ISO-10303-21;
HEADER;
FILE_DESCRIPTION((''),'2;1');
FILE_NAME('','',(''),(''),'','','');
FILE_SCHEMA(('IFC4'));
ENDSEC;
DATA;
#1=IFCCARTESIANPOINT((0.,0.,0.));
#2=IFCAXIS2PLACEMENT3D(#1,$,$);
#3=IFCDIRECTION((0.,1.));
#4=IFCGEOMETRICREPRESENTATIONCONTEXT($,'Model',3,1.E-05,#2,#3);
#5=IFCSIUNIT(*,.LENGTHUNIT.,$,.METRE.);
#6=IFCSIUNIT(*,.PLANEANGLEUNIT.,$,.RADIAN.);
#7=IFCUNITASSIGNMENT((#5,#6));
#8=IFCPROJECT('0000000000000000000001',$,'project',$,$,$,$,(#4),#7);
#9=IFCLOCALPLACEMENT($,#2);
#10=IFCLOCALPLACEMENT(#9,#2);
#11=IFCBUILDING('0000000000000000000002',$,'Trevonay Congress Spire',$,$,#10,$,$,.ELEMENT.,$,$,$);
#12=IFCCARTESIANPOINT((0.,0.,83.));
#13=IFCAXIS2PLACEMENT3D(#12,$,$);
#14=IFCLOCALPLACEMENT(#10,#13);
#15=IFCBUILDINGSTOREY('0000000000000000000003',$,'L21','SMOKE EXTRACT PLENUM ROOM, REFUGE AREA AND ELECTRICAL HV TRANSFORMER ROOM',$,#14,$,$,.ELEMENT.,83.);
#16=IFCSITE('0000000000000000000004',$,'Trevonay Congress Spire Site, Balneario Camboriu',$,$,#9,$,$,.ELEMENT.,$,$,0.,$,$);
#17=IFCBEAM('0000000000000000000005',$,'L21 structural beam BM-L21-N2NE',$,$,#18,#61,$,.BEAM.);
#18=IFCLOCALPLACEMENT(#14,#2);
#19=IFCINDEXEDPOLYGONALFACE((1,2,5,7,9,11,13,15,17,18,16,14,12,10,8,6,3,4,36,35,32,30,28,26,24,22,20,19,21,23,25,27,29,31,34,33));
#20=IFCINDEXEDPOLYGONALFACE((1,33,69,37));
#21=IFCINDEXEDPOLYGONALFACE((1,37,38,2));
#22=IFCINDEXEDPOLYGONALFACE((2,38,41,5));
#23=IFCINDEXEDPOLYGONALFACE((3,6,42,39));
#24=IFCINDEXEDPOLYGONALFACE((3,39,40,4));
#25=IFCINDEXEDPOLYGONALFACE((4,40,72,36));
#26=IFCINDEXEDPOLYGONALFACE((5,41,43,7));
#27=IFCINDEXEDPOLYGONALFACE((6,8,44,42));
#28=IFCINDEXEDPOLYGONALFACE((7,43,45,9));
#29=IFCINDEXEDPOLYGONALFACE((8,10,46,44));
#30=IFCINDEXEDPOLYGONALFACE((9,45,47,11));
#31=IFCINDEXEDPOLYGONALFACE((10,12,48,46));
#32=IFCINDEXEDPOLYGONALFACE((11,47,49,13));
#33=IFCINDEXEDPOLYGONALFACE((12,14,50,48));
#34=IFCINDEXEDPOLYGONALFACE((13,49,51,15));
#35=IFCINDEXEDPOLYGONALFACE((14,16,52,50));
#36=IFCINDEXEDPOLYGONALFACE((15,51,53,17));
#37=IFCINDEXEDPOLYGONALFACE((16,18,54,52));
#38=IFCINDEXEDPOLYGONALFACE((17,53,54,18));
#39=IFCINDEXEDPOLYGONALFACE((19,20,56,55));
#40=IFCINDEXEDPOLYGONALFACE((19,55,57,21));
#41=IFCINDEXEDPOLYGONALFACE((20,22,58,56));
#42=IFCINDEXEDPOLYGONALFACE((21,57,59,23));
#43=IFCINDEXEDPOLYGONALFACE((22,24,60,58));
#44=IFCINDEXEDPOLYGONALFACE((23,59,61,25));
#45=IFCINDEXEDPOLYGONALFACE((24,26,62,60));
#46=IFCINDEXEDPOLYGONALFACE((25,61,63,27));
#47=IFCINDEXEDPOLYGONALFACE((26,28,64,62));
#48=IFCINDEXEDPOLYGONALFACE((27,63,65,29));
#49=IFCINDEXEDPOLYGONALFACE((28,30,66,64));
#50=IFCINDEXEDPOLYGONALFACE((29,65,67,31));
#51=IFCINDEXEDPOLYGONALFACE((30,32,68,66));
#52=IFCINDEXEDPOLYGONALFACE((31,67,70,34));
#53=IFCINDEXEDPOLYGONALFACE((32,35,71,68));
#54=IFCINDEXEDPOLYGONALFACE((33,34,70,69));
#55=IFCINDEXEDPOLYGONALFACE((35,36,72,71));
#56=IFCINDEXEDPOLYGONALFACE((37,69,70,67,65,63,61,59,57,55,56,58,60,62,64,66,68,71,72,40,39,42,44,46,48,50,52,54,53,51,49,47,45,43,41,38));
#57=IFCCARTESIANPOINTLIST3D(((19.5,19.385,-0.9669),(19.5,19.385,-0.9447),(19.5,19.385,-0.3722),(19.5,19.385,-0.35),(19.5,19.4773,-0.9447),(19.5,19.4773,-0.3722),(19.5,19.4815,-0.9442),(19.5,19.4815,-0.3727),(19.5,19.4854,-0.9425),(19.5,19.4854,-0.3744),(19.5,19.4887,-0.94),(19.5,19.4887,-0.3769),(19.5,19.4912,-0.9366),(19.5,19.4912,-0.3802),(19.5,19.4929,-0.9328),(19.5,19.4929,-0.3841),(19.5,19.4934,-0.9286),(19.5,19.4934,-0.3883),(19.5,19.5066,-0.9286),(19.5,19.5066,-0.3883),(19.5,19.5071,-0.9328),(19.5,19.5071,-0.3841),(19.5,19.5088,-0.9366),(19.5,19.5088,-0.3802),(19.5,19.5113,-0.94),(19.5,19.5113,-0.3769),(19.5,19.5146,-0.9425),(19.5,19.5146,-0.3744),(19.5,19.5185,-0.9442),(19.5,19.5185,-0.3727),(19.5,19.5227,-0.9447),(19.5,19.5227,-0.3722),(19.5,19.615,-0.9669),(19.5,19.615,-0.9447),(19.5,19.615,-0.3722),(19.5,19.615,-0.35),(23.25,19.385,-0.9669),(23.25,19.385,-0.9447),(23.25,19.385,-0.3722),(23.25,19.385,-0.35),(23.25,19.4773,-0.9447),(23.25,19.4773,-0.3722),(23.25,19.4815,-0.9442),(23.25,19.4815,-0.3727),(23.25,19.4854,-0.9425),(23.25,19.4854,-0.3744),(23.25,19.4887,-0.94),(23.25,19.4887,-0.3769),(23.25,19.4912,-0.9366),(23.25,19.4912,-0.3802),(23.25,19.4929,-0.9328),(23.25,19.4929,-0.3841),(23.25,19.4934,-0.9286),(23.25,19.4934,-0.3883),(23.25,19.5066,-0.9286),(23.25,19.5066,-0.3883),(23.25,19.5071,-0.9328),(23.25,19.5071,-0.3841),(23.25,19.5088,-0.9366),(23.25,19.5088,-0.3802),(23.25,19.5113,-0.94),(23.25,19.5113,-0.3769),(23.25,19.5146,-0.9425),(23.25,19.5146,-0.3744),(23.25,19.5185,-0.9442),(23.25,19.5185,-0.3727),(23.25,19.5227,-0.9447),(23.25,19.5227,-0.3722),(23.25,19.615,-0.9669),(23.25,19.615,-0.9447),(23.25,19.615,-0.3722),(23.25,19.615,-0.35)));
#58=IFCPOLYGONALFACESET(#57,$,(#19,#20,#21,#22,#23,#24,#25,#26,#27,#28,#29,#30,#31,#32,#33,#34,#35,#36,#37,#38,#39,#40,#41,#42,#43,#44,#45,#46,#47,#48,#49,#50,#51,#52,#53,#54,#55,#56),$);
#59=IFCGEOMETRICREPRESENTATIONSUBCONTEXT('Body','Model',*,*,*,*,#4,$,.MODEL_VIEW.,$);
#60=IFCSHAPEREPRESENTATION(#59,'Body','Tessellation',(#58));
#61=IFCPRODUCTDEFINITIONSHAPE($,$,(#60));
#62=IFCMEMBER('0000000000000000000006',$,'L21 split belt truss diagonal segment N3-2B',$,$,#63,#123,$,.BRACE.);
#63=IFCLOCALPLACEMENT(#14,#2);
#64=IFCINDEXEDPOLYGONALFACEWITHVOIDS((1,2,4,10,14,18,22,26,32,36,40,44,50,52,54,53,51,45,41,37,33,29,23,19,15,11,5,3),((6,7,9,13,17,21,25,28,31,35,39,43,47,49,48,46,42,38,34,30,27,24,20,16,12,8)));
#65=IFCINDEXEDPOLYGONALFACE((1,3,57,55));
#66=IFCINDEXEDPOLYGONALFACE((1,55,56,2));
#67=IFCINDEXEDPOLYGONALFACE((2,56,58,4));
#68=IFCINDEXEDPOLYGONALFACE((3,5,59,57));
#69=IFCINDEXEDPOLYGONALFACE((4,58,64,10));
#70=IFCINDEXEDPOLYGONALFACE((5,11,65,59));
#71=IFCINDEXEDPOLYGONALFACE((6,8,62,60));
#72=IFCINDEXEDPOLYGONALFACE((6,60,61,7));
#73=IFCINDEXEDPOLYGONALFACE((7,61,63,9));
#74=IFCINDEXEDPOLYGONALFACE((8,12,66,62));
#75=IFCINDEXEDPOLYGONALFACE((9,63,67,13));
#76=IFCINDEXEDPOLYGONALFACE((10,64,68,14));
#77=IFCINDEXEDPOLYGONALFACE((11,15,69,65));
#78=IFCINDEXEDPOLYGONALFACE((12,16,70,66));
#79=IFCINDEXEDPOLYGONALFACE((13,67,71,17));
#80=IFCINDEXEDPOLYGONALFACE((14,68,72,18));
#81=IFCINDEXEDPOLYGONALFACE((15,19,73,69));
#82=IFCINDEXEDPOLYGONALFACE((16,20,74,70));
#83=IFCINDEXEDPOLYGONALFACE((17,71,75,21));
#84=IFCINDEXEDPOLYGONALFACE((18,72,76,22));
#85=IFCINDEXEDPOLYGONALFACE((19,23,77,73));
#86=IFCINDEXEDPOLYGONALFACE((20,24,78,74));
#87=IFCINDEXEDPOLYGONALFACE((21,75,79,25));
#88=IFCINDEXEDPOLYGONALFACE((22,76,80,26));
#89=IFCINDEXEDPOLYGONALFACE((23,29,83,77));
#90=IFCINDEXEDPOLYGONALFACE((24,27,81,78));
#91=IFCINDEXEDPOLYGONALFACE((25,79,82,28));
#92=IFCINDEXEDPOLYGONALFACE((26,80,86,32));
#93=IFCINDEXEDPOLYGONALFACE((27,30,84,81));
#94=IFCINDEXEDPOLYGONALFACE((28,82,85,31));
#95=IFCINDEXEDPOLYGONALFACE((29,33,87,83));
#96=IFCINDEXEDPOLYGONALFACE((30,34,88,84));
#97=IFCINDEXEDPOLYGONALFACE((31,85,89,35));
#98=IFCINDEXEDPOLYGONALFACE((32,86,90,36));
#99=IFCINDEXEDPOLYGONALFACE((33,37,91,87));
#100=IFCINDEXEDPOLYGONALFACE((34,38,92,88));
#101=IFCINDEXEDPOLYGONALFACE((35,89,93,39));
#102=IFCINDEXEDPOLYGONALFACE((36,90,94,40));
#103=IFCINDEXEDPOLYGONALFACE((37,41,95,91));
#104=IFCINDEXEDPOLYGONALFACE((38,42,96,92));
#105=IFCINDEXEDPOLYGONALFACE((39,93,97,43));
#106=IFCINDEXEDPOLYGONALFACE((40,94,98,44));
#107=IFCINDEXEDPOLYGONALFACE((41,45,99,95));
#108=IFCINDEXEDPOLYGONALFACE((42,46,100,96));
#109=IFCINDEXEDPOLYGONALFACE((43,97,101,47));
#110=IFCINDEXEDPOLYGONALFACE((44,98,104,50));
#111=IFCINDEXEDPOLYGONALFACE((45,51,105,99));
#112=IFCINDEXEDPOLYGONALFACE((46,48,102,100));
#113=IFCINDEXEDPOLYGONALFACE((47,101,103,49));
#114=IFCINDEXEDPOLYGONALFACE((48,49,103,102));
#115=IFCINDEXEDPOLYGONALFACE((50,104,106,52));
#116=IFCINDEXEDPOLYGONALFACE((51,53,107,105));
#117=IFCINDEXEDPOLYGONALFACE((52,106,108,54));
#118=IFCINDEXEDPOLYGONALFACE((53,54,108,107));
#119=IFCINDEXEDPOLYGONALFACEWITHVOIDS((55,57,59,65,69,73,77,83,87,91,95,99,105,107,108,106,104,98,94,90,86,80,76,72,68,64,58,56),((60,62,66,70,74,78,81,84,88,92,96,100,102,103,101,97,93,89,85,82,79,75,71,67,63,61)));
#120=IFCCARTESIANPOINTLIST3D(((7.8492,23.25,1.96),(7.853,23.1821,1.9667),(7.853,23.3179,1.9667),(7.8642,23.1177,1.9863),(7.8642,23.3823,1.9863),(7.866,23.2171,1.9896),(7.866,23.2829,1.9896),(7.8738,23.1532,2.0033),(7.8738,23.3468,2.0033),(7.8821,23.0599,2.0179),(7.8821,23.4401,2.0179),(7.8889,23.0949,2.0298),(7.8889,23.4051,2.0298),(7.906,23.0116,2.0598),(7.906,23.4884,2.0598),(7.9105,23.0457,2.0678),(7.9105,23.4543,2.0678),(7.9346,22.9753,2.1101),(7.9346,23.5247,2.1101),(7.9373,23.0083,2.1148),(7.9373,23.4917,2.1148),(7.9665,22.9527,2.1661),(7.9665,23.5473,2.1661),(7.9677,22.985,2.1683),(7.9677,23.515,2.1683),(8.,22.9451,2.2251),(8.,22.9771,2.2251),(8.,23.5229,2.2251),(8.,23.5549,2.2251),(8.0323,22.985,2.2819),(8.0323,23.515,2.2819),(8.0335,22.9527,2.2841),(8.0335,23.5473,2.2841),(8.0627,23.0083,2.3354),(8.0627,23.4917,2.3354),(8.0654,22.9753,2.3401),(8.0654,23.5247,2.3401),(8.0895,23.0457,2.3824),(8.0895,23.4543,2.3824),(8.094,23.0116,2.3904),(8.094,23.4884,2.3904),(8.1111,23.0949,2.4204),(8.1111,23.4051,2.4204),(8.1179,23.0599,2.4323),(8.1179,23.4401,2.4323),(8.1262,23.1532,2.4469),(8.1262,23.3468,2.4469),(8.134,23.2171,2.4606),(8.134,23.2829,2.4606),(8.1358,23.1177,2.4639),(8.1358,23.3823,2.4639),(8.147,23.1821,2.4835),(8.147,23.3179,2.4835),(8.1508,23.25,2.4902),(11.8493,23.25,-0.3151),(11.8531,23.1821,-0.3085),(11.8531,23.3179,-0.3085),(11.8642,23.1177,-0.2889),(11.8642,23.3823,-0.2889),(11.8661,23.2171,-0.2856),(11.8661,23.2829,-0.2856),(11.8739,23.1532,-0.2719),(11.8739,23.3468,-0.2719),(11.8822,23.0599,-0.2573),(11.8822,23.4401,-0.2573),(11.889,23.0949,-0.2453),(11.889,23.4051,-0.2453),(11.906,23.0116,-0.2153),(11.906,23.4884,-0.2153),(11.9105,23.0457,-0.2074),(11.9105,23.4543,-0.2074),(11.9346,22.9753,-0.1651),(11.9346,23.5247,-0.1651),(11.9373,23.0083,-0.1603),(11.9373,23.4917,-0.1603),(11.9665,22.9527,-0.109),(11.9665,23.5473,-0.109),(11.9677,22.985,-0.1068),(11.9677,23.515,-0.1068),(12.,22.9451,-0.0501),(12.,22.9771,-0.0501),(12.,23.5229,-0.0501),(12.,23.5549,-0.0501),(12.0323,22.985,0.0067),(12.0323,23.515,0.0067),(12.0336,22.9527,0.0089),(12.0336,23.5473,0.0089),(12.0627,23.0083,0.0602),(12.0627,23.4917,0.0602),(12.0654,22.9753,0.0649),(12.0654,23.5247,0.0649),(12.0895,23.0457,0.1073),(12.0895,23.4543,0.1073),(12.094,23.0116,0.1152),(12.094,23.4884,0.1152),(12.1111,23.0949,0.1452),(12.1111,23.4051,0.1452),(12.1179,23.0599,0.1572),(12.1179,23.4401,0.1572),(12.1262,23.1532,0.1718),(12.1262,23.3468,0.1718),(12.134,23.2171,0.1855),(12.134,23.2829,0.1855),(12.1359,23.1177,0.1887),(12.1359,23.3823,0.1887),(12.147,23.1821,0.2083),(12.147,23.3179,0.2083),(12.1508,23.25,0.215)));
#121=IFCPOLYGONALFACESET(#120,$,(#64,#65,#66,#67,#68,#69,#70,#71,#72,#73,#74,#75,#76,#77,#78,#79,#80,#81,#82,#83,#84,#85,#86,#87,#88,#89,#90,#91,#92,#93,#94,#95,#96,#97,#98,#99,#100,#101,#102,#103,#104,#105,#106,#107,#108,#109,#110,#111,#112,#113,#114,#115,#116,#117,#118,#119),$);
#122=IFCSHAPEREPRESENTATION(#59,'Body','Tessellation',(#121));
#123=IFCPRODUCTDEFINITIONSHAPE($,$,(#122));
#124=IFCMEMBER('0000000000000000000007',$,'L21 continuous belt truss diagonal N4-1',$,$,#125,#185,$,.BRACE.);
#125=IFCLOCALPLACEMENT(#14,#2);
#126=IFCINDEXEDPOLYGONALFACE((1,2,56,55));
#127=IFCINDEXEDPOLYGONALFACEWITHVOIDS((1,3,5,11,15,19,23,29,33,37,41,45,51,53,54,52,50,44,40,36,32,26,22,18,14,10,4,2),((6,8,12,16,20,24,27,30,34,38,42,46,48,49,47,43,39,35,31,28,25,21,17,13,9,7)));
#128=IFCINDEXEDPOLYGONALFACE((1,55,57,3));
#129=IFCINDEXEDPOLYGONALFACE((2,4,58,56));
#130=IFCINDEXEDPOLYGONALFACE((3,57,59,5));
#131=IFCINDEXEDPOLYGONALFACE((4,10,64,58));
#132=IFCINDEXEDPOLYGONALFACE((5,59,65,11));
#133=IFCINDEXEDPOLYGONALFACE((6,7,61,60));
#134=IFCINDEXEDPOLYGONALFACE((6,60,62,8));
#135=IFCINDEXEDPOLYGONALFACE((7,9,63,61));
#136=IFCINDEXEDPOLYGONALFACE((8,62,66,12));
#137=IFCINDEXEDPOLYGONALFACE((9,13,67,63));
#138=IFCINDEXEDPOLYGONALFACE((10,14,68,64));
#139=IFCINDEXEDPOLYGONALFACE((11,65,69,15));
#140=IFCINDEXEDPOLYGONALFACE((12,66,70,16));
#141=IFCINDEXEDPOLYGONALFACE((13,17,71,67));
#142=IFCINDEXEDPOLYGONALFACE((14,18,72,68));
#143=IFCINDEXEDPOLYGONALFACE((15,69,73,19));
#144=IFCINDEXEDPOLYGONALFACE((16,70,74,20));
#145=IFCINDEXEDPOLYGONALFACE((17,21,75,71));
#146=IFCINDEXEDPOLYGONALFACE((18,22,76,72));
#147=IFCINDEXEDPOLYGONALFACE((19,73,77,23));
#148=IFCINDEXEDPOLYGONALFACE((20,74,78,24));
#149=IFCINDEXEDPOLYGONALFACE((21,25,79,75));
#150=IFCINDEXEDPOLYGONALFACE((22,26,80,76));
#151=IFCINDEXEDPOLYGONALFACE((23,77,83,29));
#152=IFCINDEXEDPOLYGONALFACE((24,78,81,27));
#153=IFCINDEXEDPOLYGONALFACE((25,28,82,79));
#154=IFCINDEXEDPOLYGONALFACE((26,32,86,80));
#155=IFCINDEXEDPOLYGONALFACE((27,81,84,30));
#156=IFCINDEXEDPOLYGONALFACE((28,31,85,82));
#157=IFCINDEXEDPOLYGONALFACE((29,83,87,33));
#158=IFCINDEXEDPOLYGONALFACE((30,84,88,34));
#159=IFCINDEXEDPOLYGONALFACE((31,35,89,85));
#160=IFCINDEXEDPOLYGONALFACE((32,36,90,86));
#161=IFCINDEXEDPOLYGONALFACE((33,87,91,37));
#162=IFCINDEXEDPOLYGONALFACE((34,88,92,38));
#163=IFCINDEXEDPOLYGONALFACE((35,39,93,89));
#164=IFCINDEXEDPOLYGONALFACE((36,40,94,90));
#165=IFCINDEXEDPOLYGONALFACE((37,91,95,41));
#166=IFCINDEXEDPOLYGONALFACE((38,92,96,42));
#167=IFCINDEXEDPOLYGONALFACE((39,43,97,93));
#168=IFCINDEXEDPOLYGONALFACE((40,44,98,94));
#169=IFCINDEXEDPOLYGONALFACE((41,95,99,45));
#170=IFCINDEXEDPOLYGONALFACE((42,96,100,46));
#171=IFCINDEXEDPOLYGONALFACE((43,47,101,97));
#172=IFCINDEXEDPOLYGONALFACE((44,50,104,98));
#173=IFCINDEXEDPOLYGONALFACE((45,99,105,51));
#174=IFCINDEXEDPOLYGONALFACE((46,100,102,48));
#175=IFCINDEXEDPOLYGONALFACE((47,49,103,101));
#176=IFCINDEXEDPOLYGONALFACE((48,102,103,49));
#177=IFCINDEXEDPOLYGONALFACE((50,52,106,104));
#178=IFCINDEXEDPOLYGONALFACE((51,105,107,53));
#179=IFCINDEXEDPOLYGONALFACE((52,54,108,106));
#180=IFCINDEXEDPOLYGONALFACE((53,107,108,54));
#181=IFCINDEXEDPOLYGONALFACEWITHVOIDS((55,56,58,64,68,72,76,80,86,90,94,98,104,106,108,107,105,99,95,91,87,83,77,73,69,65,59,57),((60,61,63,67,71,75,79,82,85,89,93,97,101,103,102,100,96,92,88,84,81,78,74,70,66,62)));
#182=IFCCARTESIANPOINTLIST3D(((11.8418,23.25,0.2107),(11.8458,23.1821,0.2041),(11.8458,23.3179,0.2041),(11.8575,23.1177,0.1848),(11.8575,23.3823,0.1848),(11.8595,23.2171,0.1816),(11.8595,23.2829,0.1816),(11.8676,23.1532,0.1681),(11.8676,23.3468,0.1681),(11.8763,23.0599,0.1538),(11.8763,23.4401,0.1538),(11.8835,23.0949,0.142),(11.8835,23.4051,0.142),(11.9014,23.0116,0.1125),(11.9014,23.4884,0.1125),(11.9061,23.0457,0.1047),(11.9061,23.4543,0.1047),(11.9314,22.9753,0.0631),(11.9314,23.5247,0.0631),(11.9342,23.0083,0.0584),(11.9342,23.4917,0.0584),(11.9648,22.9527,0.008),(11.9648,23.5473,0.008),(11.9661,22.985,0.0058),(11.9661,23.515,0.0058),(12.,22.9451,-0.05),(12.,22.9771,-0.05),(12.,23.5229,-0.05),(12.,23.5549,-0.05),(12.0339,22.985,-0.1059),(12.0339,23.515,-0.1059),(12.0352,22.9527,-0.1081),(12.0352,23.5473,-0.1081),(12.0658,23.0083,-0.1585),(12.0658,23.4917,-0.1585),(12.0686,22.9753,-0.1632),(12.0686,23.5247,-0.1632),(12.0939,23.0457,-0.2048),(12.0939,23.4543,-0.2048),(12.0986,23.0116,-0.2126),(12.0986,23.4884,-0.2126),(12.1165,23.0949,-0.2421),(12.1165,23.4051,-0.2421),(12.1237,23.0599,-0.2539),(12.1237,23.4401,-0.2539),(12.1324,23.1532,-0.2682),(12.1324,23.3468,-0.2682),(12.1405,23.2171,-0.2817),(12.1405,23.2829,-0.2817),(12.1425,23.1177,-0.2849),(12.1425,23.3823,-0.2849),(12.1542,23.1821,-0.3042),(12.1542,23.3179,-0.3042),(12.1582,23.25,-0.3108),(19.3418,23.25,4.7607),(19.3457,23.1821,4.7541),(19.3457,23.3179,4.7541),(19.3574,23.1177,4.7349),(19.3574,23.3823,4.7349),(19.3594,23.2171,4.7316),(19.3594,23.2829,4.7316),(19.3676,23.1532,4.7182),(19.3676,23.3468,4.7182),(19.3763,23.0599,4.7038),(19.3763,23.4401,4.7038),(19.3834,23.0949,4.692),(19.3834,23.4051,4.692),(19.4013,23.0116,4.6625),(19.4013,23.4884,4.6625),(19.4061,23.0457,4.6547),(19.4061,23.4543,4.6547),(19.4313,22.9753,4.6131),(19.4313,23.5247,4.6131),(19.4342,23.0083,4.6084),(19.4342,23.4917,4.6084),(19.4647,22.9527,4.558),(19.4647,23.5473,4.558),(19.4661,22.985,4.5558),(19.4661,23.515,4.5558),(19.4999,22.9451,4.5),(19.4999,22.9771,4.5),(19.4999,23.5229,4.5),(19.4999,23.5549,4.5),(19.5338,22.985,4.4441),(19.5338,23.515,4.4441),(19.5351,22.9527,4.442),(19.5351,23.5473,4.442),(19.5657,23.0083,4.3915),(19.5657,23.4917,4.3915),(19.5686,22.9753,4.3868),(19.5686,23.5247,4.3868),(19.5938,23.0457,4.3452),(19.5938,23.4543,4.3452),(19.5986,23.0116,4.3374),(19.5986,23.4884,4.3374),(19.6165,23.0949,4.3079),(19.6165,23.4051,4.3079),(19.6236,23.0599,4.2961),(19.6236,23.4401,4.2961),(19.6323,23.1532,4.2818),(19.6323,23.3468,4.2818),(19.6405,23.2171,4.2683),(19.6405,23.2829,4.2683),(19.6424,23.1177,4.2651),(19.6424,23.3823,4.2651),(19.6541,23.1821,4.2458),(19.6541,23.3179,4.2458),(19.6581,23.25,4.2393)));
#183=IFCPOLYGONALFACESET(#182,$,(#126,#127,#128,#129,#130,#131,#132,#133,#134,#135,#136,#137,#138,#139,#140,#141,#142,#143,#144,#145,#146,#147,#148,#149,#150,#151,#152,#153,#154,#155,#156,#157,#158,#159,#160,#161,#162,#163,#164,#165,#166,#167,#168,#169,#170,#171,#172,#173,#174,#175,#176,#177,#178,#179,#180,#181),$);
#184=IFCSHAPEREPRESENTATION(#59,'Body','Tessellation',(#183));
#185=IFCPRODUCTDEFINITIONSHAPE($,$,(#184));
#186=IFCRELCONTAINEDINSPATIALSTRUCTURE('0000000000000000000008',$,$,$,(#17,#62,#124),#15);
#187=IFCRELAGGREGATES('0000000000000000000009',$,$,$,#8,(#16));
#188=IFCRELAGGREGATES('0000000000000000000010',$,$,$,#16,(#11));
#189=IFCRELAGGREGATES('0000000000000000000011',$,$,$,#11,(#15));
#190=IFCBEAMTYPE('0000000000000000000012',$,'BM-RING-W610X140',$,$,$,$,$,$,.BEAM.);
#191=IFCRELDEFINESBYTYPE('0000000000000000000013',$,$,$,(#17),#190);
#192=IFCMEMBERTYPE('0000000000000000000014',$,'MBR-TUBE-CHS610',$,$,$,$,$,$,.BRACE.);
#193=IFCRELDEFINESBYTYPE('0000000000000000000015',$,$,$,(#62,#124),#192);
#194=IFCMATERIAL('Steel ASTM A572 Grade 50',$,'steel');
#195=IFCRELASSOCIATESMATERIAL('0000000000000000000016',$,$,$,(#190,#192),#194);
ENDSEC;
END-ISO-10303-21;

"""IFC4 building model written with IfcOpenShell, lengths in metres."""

from ifc_helpers import new_model, si_unit, direction, frame, origin, origin_2d, place, context, subcontext, project, spatial, hollow_circle, i_section, extrude, material, material_profile, profile_set, type_object, element, save


model = new_model("IFC4")

# Units and contexts
model_context = context("Model", 3, precision=1e-05, world=origin(), true_north=direction((0.0, 1.0)))
body_context = subcontext(model_context, "Body", "Model", "MODEL_VIEW")
ifc_project = project(units=[si_unit("LENGTHUNIT", "METRE"), si_unit("PLANEANGLEUNIT", "RADIAN")], contexts=[model_context])

# Site, building, storey
site_placement = place(None, origin())
site = spatial("IfcSite", under=ifc_project, at=site_placement, Name="Trevonay Congress Spire Site, Balneario Camboriu", CompositionType="ELEMENT", RefElevation=0.0)
building_placement = place(site_placement, origin())
building = spatial("IfcBuilding", under=site, at=building_placement, Name="Trevonay Congress Spire", CompositionType="ELEMENT")
storey_placement = place(building_placement, frame((0.0, 0.0, 83.0)))
storey = spatial("IfcBuildingStorey", under=building, at=storey_placement, Name="L21", Description="SMOKE EXTRACT PLENUM ROOM, REFUGE AREA AND ELECTRICAL HV TRANSFORMER ROOM", CompositionType="ELEMENT", Elevation=83.0)

# Shared definitions
ifc_material_1 = material(Name="Steel ASTM A572 Grade 50", Category="steel")

# Beam
ifc_material_profile_1 = material_profile(ifc_material_1, i_section(OverallWidth=0.23, OverallDepth=0.6169, WebThickness=0.0132, FlangeThickness=0.0222, FilletRadius=0.0161, at=origin_2d()), Name="W610x140")
ifc_profile_set_1 = profile_set([ifc_material_profile_1], Name="Steel ASTM A572 Grade 50")
beam_type = type_object("IfcBeamType", Name="BM-RING-W610X140", PredefinedType="BEAM", material=ifc_profile_set_1)
for number, where, z_axis, x_axis, name in (
    (1, (23.25, 19.5, -0.6584), (-1.0, 0.0, 0.0), (0.0, -1.0, 0.0), "L21 structural beam BM-L21-N2NE"),
):
    element("IfcBeam", number, at=place(storey_placement, frame(where, z_axis=z_axis, x_axis=x_axis)), inside=storey, type_object=beam_type, Name=name, PredefinedType="BEAM", context=body_context, shape_type="SweptSolid", body=[
        extrude(i_section(OverallWidth=0.23, OverallDepth=0.6169, WebThickness=0.0132, FlangeThickness=0.0222, FilletRadius=0.0161, at=origin_2d()), origin(), (0.0, 0.0, 1.0), 3.75),
    ])

# Members
ifc_material_profile_2 = material_profile(ifc_material_1, hollow_circle(Radius=0.3049, WallThickness=0.032, at=origin_2d()), Name="CHS 610x32")
ifc_profile_set_2 = profile_set([ifc_material_profile_2], Name="Steel ASTM A572 Grade 50")
member_type = type_object("IfcMemberType", Name="MBR-TUBE-CHS610", PredefinedType="BRACE", material=ifc_profile_set_2)
member_1_placement = place(storey_placement, frame((8.0, 23.25, 2.2251), z_axis=(0.869231, 0.0, -0.494407), x_axis=(0.0, 1.0, 0.0)))
element("IfcMember", 2, at=member_1_placement, inside=storey, type_object=member_type, Name="L21 split belt truss diagonal segment N3-2B", PredefinedType="BRACE", context=body_context, shape_type="SweptSolid", body=[
    extrude(hollow_circle(Radius=0.3049, WallThickness=0.032, at=origin_2d()), origin(), (0.0, 0.0, 1.0), 4.6018),
])
member_2_placement = place(storey_placement, frame((12.0, 23.25, -0.05), z_axis=(0.854966, 0.0, 0.518685), x_axis=(0.0, 1.0, 0.0)))
element("IfcMember", 3, at=member_2_placement, inside=storey, type_object=member_type, Name="L21 continuous belt truss diagonal N4-1", PredefinedType="BRACE", context=body_context, shape_type="SweptSolid", body=[
    extrude(hollow_circle(Radius=0.3049, WallThickness=0.032, at=origin_2d()), origin(), (0.0, 0.0, 1.0), 8.7722),
])

save(model, "model.ifc")
